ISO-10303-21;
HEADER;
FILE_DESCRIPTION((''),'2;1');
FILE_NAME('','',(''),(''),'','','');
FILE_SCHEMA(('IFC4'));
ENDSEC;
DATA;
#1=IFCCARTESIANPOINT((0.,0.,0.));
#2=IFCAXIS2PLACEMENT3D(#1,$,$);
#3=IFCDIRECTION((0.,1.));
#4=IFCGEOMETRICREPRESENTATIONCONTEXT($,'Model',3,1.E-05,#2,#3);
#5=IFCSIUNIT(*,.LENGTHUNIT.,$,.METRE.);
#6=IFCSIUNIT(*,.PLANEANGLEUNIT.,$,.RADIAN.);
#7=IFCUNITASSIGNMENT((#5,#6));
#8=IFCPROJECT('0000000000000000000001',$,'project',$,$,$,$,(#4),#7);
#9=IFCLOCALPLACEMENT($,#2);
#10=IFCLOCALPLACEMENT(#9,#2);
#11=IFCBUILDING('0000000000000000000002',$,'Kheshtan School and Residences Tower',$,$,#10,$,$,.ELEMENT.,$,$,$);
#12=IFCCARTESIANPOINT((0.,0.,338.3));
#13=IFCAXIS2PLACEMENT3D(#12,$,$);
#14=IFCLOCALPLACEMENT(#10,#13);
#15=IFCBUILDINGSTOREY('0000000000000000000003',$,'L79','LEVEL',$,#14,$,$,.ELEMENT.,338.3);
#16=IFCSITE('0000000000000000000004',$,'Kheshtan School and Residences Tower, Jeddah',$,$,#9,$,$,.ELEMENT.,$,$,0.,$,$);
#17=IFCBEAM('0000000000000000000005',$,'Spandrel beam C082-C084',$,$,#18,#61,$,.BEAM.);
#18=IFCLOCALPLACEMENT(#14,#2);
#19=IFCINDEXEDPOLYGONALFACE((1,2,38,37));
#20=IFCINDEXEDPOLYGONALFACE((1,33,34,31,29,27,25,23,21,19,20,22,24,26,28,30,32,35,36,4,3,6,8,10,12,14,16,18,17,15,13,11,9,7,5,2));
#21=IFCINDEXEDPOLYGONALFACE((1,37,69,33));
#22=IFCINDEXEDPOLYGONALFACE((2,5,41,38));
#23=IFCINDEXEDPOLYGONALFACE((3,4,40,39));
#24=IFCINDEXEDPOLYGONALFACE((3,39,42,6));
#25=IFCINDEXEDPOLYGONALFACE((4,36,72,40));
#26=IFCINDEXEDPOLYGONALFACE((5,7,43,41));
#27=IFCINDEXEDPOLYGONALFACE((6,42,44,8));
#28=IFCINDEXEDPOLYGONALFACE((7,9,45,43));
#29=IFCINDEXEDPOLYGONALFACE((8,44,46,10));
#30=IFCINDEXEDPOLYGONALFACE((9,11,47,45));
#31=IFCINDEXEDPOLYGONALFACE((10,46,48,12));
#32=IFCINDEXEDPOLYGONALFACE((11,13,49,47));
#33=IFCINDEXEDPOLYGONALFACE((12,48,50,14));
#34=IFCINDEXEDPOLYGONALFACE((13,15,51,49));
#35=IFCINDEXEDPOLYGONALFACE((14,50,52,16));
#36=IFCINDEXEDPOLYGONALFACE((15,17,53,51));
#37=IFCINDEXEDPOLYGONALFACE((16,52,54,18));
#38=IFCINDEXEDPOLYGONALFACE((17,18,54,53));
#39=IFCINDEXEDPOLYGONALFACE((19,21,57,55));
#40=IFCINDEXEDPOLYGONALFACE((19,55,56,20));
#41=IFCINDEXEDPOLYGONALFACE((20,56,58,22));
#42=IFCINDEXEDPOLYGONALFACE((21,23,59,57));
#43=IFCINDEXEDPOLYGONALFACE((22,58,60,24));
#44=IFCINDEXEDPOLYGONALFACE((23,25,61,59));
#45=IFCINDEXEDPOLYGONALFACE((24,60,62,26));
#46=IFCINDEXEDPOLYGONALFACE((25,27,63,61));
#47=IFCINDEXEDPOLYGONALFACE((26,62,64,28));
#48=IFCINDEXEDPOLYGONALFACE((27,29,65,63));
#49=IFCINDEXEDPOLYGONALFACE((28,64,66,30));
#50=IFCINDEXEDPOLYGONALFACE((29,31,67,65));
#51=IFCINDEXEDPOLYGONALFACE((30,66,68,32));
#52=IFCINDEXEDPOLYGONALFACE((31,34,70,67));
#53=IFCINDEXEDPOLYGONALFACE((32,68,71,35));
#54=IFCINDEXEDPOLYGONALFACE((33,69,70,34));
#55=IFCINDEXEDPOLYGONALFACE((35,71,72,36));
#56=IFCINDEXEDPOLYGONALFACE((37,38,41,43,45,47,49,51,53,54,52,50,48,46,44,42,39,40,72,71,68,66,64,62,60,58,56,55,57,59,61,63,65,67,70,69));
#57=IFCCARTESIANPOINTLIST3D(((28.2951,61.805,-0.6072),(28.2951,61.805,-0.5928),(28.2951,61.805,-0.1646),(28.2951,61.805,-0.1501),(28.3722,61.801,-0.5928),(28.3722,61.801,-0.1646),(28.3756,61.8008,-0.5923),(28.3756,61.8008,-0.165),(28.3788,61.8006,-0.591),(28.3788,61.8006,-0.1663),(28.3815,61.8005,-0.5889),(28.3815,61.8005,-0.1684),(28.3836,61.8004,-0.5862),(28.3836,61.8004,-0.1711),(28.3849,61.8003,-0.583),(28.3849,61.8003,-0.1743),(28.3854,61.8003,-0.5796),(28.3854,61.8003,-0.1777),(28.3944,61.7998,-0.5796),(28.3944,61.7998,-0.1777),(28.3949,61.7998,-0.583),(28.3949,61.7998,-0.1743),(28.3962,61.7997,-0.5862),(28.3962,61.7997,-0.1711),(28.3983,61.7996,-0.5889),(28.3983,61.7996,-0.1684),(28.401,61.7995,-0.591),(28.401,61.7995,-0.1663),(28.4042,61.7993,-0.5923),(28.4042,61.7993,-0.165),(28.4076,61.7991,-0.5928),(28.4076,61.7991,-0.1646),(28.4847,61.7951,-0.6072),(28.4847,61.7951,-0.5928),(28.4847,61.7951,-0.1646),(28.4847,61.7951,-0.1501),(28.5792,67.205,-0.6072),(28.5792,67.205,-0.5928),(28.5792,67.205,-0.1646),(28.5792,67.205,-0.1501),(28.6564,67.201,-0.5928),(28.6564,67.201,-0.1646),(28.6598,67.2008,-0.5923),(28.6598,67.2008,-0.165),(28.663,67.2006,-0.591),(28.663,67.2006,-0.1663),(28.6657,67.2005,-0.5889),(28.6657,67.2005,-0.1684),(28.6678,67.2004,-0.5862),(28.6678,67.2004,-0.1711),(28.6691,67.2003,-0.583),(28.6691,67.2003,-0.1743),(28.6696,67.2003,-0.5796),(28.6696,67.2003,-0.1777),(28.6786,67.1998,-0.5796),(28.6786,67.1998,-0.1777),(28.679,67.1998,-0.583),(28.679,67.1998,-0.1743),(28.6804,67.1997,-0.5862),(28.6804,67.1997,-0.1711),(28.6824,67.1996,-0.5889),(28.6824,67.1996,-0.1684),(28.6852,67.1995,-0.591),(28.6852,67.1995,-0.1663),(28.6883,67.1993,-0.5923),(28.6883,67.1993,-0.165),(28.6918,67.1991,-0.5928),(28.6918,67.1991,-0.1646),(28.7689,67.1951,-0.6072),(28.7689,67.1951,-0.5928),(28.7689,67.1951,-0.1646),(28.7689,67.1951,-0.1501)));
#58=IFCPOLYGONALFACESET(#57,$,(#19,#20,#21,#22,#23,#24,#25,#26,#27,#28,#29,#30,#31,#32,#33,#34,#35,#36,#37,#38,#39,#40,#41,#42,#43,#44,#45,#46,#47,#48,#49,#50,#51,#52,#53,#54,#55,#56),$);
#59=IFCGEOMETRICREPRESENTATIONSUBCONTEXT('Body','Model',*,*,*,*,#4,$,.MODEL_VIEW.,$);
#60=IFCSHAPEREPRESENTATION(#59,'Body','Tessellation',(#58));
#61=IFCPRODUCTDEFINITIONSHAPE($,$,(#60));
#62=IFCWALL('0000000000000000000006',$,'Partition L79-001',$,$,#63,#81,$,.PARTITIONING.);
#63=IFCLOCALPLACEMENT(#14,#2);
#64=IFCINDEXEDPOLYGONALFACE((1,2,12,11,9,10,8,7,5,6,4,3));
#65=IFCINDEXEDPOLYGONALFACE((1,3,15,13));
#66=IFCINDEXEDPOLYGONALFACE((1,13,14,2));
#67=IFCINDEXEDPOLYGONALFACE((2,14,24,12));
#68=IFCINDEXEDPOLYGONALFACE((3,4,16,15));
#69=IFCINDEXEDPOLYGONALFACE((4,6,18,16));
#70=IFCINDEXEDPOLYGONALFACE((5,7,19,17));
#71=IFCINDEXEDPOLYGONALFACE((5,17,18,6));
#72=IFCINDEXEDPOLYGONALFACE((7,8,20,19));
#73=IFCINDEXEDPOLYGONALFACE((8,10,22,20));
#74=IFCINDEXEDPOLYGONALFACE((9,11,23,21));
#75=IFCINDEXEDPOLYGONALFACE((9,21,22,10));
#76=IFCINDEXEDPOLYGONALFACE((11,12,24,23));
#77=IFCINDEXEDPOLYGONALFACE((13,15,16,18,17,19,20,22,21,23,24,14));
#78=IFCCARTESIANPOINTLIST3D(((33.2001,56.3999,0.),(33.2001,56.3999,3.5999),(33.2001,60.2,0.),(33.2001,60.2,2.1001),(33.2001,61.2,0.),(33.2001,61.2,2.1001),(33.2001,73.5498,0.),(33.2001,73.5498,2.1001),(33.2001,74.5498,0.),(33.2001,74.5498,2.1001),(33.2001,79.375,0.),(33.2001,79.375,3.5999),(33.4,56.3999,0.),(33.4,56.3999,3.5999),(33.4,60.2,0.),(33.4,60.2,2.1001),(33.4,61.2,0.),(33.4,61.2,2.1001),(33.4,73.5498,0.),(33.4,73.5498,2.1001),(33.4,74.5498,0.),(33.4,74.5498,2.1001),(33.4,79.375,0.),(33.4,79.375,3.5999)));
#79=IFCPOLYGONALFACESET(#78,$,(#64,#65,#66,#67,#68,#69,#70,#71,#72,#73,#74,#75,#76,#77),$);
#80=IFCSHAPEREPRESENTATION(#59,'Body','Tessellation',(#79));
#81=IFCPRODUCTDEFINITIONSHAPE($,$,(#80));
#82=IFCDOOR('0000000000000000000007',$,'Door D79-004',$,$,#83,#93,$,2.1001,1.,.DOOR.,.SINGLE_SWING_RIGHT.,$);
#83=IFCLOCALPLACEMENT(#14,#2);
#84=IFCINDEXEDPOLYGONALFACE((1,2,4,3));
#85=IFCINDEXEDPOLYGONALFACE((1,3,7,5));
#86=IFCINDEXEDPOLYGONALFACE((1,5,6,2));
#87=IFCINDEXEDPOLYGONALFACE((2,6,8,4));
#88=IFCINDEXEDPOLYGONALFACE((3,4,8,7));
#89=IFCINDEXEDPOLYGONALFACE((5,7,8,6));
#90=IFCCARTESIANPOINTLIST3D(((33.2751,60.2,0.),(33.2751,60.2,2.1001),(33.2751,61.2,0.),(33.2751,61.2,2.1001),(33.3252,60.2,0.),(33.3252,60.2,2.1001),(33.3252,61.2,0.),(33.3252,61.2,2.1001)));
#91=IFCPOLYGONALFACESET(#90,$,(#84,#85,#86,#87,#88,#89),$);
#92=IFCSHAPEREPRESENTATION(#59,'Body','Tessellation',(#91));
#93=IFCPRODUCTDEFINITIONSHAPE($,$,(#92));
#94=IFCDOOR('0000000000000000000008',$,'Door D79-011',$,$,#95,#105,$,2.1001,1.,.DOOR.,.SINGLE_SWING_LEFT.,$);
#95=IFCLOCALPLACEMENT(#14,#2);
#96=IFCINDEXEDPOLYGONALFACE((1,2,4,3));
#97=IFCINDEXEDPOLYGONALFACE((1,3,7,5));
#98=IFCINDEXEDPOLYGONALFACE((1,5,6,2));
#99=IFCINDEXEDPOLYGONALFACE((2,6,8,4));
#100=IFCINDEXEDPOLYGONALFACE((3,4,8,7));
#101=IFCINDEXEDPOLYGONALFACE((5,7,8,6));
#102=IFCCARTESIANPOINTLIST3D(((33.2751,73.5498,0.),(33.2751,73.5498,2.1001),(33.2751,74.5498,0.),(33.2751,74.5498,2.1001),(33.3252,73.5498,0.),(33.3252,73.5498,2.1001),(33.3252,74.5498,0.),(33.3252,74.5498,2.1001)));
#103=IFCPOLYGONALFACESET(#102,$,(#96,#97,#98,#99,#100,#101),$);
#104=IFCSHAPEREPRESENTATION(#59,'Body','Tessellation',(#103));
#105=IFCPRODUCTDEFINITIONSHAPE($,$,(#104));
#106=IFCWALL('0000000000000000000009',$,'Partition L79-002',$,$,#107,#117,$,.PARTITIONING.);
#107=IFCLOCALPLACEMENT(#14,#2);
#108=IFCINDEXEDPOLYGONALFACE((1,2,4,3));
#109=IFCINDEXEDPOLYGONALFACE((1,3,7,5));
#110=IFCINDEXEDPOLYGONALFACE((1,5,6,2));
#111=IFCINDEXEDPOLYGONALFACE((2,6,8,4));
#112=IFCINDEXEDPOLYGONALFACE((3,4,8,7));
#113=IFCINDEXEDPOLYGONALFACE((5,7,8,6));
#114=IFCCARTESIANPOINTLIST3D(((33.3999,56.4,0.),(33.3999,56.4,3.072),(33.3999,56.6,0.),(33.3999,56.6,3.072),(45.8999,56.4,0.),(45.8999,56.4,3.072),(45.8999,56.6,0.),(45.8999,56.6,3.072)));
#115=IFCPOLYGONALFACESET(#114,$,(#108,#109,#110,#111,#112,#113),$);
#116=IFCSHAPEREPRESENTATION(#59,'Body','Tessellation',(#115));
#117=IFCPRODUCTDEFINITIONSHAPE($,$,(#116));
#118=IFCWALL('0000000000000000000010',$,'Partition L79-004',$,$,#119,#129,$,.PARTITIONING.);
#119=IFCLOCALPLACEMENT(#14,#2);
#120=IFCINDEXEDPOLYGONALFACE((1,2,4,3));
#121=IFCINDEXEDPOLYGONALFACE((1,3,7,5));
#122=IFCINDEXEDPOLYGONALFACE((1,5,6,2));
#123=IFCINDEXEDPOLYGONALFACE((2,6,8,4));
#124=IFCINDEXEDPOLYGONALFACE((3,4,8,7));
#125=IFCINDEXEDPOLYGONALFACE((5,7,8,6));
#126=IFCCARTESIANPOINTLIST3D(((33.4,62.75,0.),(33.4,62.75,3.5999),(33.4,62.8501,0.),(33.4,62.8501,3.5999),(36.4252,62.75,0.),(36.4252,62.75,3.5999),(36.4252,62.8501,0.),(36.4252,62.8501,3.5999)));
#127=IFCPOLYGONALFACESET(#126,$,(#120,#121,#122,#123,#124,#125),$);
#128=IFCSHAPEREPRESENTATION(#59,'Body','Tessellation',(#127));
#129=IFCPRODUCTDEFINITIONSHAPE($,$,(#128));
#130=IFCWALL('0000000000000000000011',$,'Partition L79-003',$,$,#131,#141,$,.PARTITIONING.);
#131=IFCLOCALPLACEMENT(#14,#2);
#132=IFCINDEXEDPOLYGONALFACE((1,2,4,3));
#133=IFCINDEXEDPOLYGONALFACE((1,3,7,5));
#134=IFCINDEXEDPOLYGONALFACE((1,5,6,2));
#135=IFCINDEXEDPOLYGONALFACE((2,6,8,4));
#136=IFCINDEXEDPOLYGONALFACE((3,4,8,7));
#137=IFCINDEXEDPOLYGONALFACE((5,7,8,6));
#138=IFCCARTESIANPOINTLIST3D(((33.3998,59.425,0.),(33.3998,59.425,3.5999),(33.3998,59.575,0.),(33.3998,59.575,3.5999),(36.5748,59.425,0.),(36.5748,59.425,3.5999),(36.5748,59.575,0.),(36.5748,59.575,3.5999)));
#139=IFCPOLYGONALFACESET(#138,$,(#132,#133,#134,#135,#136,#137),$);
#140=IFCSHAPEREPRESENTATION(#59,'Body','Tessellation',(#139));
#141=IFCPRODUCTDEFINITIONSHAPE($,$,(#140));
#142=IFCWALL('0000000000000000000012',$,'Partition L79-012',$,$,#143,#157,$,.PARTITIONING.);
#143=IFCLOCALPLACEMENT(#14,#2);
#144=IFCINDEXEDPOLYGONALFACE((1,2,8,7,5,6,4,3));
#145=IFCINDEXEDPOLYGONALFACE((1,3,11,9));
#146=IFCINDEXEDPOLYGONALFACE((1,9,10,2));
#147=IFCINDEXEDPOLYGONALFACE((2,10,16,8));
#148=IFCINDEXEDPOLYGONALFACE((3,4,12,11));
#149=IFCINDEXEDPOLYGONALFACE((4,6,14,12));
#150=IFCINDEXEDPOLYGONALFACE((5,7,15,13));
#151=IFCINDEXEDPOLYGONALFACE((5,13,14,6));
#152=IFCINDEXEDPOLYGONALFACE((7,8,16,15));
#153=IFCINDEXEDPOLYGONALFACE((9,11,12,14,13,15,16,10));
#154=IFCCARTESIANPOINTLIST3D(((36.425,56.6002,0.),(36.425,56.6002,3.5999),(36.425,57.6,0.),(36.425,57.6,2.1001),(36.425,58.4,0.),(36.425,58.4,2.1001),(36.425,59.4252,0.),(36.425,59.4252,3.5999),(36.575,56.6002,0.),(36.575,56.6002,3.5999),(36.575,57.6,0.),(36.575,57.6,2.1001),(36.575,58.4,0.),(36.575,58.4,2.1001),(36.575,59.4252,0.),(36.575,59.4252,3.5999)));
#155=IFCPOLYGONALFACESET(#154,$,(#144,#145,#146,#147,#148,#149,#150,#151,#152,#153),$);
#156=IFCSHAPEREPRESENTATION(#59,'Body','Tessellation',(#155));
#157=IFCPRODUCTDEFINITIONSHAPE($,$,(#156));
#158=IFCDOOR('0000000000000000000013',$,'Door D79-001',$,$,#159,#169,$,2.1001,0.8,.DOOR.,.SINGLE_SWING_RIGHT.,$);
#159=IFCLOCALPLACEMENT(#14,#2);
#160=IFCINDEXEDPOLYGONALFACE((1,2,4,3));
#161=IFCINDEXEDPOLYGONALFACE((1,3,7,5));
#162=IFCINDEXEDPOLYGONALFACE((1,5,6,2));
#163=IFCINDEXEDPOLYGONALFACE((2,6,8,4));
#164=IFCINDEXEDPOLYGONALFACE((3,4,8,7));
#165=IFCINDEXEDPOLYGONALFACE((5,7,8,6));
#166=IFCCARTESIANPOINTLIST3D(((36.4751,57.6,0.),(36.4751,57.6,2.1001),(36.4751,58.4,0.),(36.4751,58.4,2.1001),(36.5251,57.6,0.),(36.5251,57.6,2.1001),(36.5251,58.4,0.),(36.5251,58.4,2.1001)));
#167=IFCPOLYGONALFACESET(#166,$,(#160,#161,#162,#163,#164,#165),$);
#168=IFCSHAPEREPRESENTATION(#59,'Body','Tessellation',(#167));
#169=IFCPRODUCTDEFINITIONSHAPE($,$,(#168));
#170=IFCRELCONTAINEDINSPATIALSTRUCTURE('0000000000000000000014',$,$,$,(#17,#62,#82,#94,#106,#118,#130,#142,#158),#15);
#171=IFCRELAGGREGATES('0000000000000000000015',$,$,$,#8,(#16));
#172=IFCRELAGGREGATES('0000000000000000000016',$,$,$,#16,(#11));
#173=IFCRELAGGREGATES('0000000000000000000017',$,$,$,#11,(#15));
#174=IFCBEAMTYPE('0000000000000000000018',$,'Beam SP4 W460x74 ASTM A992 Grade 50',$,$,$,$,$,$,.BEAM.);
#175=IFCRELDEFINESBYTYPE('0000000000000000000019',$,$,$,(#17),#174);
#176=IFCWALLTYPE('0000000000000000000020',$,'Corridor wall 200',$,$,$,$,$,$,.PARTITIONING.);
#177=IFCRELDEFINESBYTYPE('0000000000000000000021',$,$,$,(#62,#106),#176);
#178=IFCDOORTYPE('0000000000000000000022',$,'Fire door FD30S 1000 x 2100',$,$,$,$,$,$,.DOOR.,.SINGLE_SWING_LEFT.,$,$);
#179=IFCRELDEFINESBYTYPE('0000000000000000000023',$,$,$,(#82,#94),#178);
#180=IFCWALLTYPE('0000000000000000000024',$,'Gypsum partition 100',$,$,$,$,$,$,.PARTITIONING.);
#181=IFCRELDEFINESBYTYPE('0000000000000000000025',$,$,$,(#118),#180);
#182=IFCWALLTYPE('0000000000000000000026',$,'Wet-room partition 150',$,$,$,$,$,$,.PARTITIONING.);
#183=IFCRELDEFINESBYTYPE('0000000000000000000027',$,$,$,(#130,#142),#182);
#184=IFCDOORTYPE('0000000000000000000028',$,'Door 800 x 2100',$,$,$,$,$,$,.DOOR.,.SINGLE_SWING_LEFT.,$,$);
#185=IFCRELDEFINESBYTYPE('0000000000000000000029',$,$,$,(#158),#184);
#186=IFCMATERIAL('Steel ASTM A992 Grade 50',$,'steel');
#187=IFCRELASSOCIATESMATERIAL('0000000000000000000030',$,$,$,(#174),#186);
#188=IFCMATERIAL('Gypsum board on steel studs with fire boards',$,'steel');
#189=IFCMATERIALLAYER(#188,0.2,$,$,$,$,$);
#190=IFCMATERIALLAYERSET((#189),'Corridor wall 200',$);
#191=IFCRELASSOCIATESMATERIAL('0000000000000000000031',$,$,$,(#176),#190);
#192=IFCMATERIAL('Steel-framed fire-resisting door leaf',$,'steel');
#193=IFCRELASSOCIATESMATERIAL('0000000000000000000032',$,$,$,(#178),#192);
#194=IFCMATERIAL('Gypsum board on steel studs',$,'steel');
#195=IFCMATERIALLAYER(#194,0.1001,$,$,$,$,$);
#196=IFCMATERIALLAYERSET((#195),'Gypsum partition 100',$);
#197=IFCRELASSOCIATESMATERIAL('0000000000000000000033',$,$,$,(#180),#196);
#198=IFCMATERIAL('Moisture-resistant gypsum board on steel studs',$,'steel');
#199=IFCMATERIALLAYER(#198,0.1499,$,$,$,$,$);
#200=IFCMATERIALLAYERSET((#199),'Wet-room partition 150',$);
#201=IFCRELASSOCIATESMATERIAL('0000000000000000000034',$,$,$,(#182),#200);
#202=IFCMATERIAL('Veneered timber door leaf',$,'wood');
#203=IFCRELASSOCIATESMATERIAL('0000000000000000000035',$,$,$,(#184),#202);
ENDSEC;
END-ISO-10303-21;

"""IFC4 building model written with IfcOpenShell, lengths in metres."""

from ifc_helpers import new_model, si_unit, direction, frame, frame_2d, origin, origin_2d, place, context, subcontext, project, spatial, rectangle, i_section, extrude, source, transform, mapped, material, layer, layer_set, material_profile, profile_set, type_object, element, fill, save


model = new_model("IFC4")

# Units and contexts
model_context = context("Model", 3, precision=1e-05, world=origin(), true_north=direction((0.0, 1.0)))
body_context = subcontext(model_context, "Body", "Model", "MODEL_VIEW")
ifc_project = project(units=[si_unit("LENGTHUNIT", "METRE"), si_unit("PLANEANGLEUNIT", "RADIAN")], contexts=[model_context])

# Site, building, storey
site_placement = place(None, origin())
site = spatial("IfcSite", under=ifc_project, at=site_placement, Name="Kheshtan School and Residences Tower, Jeddah", CompositionType="ELEMENT", RefElevation=0.0)
building_placement = place(site_placement, origin())
building = spatial("IfcBuilding", under=site, at=building_placement, Name="Kheshtan School and Residences Tower", CompositionType="ELEMENT")
storey_placement = place(building_placement, frame((0.0, 0.0, 338.3)))
storey = spatial("IfcBuildingStorey", under=building, at=storey_placement, Name="L79", Description="LEVEL", CompositionType="ELEMENT", Elevation=338.3)

# Shared definitions
ifc_material_1 = material(Name="Steel ASTM A992 Grade 50", Category="steel")

# Beam
ifc_material_profile_1 = material_profile(ifc_material_1, i_section(OverallWidth=0.1899, OverallDepth=0.457, WebThickness=0.009, FlangeThickness=0.0144, FilletRadius=0.0132, at=origin_2d()), Name="W460x74")
ifc_profile_set_1 = profile_set([ifc_material_profile_1], Name="Steel ASTM A992 Grade 50")
beam_type_1 = type_object("IfcBeamType", Name="Beam SP4 W460x74 ASTM A992 Grade 50", PredefinedType="BEAM", material=ifc_profile_set_1)
beam_1_placement = place(storey_placement, frame((28.3899, 61.8, -0.3787), z_axis=(0.052554, 0.998618, 0.0), x_axis=(-0.998618, 0.052554, 0.0)))
element("IfcBeam", 1, at=beam_1_placement, inside=storey, type_object=beam_type_1, Name="Spandrel beam C082-C084", PredefinedType="BEAM", context=body_context, shape_type="SweptSolid", body=[
    extrude(i_section(OverallWidth=0.1899, OverallDepth=0.457, WebThickness=0.009, FlangeThickness=0.0144, FilletRadius=0.0132, at=origin_2d()), origin(), (0.0, 0.0, 1.0), 5.4075),
])

# Wall, openings, doors
ifc_material_2 = material(Name="Gypsum board on steel studs with fire boards", Category="steel")
ifc_layer_1 = layer(ifc_material_2, 0.2)
ifc_layer_set_1 = layer_set([ifc_layer_1], Name="Corridor wall 200")
wall_type_1 = type_object("IfcWallType", Name="Corridor wall 200", PredefinedType="PARTITIONING", material=ifc_layer_set_1)
wall_1_placement = place(storey_placement, frame((33.3, 56.3999, 0.0), z_axis=(0.0, 0.0, 1.0), x_axis=(0.0, 1.0, 0.0)))
wall_1 = element("IfcWall", 2, at=wall_1_placement, inside=storey, type_object=wall_type_1, Name="Partition L79-001", PredefinedType="PARTITIONING", context=body_context, shape_type="SweptSolid", body=[
    extrude(rectangle(XDim=22.9751, YDim=0.2, at=frame_2d((11.4875, 0.0))), origin(), (0.0, 0.0, 1.0), 3.5999),
])
opening_1_placement = place(wall_1_placement, frame((3.8, 0.0, 0.0)))
opening_1 = element("IfcOpeningElement", 3, at=opening_1_placement, cuts=wall_1, PredefinedType="OPENING", context=body_context, shape_type="SweptSolid", body=[
    extrude(rectangle(XDim=1.0, YDim=2.1001, at=frame_2d((0.5, 1.05))), frame((0.0, 0.1099, 0.0), z_axis=(0.0, -1.0, 0.0), x_axis=(1.0, 0.0, 0.0)), (0.0, 0.0, 1.0), 0.22),
])
opening_2_placement = place(wall_1_placement, frame((17.1499, 0.0, 0.0)))
opening_2 = element("IfcOpeningElement", 4, at=opening_2_placement, cuts=wall_1, PredefinedType="OPENING", context=body_context, shape_type="SweptSolid", body=[
    extrude(rectangle(XDim=1.0, YDim=2.1001, at=frame_2d((0.5, 1.05))), frame((0.0, 0.1099, 0.0), z_axis=(0.0, -1.0, 0.0), x_axis=(1.0, 0.0, 0.0)), (0.0, 0.0, 1.0), 0.22),
])
ifc_material_3 = material(Name="Steel-framed fire-resisting door leaf", Category="steel")
door_type_1 = type_object("IfcDoorType", Name="Fire door FD30S 1000 x 2100", OperationType="SINGLE_SWING_LEFT", PredefinedType="DOOR", material=ifc_material_3)
shared_shape_1 = source(origin(), body_context, "Body", "SweptSolid", [
    extrude(rectangle(XDim=1.0, YDim=2.1001, at=frame_2d((0.5, 1.05))), frame((0.0, 0.0249, 0.0), z_axis=(0.0, -1.0, 0.0), x_axis=(1.0, 0.0, 0.0)), (0.0, 0.0, 1.0), 0.05),
])
door_1_placement = place(opening_1_placement, origin())
door_1 = element("IfcDoor", 5, at=door_1_placement, inside=storey, type_object=door_type_1, Name="Door D79-004", OperationType="SINGLE_SWING_RIGHT", OverallHeight=2.1001, OverallWidth=1.0, PredefinedType="DOOR", context=body_context, shape_type="MappedRepresentation", body=[
    mapped(shared_shape_1, transform((0.0, 0.0, 0.0), x_axis=(1.0, 0.0, 0.0), y_axis=(0.0, 1.0, 0.0), z_axis=(0.0, 0.0, 1.0), scale=1.0)),
])
fill(opening_1, door_1)
door_2_placement = place(opening_2_placement, origin())
door_2 = element("IfcDoor", 6, at=door_2_placement, inside=storey, type_object=door_type_1, Name="Door D79-011", OperationType="SINGLE_SWING_LEFT", OverallHeight=2.1001, OverallWidth=1.0, PredefinedType="DOOR", context=body_context, shape_type="MappedRepresentation", body=[
    mapped(shared_shape_1, transform((0.0, 0.0, 0.0), x_axis=(1.0, 0.0, 0.0), y_axis=(0.0, 1.0, 0.0), z_axis=(0.0, 0.0, 1.0), scale=1.0)),
])
fill(opening_2, door_2)

# Walls
wall_2_placement = place(storey_placement, frame((33.3999, 56.5, 0.0), z_axis=(0.0, 0.0, 1.0), x_axis=(1.0, 0.0, 0.0)))
element("IfcWall", 7, at=wall_2_placement, inside=storey, type_object=wall_type_1, Name="Partition L79-002", PredefinedType="PARTITIONING", context=body_context, shape_type="SweptSolid", body=[
    extrude(rectangle(XDim=12.5, YDim=0.2, at=frame_2d((6.25, 0.0))), origin(), (0.0, 0.0, 1.0), 3.072),
])
ifc_material_4 = material(Name="Gypsum board on steel studs", Category="steel")
ifc_layer_2 = layer(ifc_material_4, 0.1001)
ifc_layer_set_2 = layer_set([ifc_layer_2], Name="Gypsum partition 100")
wall_type_2 = type_object("IfcWallType", Name="Gypsum partition 100", PredefinedType="PARTITIONING", material=ifc_layer_set_2)
wall_3_placement = place(storey_placement, frame((33.3999, 62.8, 0.0), z_axis=(0.0, 0.0, 1.0), x_axis=(1.0, 0.0, 0.0)))
element("IfcWall", 8, at=wall_3_placement, inside=storey, type_object=wall_type_2, Name="Partition L79-004", PredefinedType="PARTITIONING", context=body_context, shape_type="SweptSolid", body=[
    extrude(rectangle(XDim=3.0251, YDim=0.1001, at=frame_2d((1.5127, 0.0))), origin(), (0.0, 0.0, 1.0), 3.5999),
])
ifc_material_5 = material(Name="Moisture-resistant gypsum board on steel studs", Category="steel")
ifc_layer_3 = layer(ifc_material_5, 0.1499)
ifc_layer_set_3 = layer_set([ifc_layer_3], Name="Wet-room partition 150")
wall_type_3 = type_object("IfcWallType", Name="Wet-room partition 150", PredefinedType="PARTITIONING", material=ifc_layer_set_3)
wall_4_placement = place(storey_placement, frame((33.3999, 59.5, 0.0), z_axis=(0.0, 0.0, 1.0), x_axis=(1.0, 0.0, 0.0)))
element("IfcWall", 9, at=wall_4_placement, inside=storey, type_object=wall_type_3, Name="Partition L79-003", PredefinedType="PARTITIONING", context=body_context, shape_type="SweptSolid", body=[
    extrude(rectangle(XDim=3.175, YDim=0.1499, at=frame_2d((1.5874, 0.0))), origin(), (0.0, 0.0, 1.0), 3.5999),
])

# Wall, opening, door
wall_5_placement = place(storey_placement, frame((36.5, 56.6001, 0.0), z_axis=(0.0, 0.0, 1.0), x_axis=(0.0, 1.0, 0.0)))
wall_5 = element("IfcWall", 10, at=wall_5_placement, inside=storey, type_object=wall_type_3, Name="Partition L79-012", PredefinedType="PARTITIONING", context=body_context, shape_type="SweptSolid", body=[
    extrude(rectangle(XDim=2.825, YDim=0.1499, at=frame_2d((1.4126, 0.0))), origin(), (0.0, 0.0, 1.0), 3.5999),
])
opening_3_placement = place(wall_5_placement, frame((1.0, 0.0, 0.0)))
opening_3 = element("IfcOpeningElement", 11, at=opening_3_placement, cuts=wall_5, PredefinedType="OPENING", context=body_context, shape_type="SweptSolid", body=[
    extrude(rectangle(XDim=0.8, YDim=2.1001, at=frame_2d((0.3999, 1.05))), frame((0.0, 0.085, 0.0), z_axis=(0.0, -1.0, 0.0), x_axis=(1.0, 0.0, 0.0)), (0.0, 0.0, 1.0), 0.1699),
])
ifc_material_6 = material(Name="Veneered timber door leaf", Category="wood")
door_type_2 = type_object("IfcDoorType", Name="Door 800 x 2100", OperationType="SINGLE_SWING_LEFT", PredefinedType="DOOR", material=ifc_material_6)
shared_shape_2 = source(origin(), body_context, "Body", "SweptSolid", [
    extrude(rectangle(XDim=0.8, YDim=2.1001, at=frame_2d((0.3999, 1.05))), frame((0.0, 0.0249, 0.0), z_axis=(0.0, -1.0, 0.0), x_axis=(1.0, 0.0, 0.0)), (0.0, 0.0, 1.0), 0.05),
])
door_3_placement = place(opening_3_placement, origin())
door_3 = element("IfcDoor", 12, at=door_3_placement, inside=storey, type_object=door_type_2, Name="Door D79-001", OperationType="SINGLE_SWING_RIGHT", OverallHeight=2.1001, OverallWidth=0.8, PredefinedType="DOOR", context=body_context, shape_type="MappedRepresentation", body=[
    mapped(shared_shape_2, transform((0.0, 0.0, 0.0), x_axis=(1.0, 0.0, 0.0), y_axis=(0.0, 1.0, 0.0), z_axis=(0.0, 0.0, 1.0), scale=1.0)),
])
fill(opening_3, door_3)

save(model, "model.ifc")
